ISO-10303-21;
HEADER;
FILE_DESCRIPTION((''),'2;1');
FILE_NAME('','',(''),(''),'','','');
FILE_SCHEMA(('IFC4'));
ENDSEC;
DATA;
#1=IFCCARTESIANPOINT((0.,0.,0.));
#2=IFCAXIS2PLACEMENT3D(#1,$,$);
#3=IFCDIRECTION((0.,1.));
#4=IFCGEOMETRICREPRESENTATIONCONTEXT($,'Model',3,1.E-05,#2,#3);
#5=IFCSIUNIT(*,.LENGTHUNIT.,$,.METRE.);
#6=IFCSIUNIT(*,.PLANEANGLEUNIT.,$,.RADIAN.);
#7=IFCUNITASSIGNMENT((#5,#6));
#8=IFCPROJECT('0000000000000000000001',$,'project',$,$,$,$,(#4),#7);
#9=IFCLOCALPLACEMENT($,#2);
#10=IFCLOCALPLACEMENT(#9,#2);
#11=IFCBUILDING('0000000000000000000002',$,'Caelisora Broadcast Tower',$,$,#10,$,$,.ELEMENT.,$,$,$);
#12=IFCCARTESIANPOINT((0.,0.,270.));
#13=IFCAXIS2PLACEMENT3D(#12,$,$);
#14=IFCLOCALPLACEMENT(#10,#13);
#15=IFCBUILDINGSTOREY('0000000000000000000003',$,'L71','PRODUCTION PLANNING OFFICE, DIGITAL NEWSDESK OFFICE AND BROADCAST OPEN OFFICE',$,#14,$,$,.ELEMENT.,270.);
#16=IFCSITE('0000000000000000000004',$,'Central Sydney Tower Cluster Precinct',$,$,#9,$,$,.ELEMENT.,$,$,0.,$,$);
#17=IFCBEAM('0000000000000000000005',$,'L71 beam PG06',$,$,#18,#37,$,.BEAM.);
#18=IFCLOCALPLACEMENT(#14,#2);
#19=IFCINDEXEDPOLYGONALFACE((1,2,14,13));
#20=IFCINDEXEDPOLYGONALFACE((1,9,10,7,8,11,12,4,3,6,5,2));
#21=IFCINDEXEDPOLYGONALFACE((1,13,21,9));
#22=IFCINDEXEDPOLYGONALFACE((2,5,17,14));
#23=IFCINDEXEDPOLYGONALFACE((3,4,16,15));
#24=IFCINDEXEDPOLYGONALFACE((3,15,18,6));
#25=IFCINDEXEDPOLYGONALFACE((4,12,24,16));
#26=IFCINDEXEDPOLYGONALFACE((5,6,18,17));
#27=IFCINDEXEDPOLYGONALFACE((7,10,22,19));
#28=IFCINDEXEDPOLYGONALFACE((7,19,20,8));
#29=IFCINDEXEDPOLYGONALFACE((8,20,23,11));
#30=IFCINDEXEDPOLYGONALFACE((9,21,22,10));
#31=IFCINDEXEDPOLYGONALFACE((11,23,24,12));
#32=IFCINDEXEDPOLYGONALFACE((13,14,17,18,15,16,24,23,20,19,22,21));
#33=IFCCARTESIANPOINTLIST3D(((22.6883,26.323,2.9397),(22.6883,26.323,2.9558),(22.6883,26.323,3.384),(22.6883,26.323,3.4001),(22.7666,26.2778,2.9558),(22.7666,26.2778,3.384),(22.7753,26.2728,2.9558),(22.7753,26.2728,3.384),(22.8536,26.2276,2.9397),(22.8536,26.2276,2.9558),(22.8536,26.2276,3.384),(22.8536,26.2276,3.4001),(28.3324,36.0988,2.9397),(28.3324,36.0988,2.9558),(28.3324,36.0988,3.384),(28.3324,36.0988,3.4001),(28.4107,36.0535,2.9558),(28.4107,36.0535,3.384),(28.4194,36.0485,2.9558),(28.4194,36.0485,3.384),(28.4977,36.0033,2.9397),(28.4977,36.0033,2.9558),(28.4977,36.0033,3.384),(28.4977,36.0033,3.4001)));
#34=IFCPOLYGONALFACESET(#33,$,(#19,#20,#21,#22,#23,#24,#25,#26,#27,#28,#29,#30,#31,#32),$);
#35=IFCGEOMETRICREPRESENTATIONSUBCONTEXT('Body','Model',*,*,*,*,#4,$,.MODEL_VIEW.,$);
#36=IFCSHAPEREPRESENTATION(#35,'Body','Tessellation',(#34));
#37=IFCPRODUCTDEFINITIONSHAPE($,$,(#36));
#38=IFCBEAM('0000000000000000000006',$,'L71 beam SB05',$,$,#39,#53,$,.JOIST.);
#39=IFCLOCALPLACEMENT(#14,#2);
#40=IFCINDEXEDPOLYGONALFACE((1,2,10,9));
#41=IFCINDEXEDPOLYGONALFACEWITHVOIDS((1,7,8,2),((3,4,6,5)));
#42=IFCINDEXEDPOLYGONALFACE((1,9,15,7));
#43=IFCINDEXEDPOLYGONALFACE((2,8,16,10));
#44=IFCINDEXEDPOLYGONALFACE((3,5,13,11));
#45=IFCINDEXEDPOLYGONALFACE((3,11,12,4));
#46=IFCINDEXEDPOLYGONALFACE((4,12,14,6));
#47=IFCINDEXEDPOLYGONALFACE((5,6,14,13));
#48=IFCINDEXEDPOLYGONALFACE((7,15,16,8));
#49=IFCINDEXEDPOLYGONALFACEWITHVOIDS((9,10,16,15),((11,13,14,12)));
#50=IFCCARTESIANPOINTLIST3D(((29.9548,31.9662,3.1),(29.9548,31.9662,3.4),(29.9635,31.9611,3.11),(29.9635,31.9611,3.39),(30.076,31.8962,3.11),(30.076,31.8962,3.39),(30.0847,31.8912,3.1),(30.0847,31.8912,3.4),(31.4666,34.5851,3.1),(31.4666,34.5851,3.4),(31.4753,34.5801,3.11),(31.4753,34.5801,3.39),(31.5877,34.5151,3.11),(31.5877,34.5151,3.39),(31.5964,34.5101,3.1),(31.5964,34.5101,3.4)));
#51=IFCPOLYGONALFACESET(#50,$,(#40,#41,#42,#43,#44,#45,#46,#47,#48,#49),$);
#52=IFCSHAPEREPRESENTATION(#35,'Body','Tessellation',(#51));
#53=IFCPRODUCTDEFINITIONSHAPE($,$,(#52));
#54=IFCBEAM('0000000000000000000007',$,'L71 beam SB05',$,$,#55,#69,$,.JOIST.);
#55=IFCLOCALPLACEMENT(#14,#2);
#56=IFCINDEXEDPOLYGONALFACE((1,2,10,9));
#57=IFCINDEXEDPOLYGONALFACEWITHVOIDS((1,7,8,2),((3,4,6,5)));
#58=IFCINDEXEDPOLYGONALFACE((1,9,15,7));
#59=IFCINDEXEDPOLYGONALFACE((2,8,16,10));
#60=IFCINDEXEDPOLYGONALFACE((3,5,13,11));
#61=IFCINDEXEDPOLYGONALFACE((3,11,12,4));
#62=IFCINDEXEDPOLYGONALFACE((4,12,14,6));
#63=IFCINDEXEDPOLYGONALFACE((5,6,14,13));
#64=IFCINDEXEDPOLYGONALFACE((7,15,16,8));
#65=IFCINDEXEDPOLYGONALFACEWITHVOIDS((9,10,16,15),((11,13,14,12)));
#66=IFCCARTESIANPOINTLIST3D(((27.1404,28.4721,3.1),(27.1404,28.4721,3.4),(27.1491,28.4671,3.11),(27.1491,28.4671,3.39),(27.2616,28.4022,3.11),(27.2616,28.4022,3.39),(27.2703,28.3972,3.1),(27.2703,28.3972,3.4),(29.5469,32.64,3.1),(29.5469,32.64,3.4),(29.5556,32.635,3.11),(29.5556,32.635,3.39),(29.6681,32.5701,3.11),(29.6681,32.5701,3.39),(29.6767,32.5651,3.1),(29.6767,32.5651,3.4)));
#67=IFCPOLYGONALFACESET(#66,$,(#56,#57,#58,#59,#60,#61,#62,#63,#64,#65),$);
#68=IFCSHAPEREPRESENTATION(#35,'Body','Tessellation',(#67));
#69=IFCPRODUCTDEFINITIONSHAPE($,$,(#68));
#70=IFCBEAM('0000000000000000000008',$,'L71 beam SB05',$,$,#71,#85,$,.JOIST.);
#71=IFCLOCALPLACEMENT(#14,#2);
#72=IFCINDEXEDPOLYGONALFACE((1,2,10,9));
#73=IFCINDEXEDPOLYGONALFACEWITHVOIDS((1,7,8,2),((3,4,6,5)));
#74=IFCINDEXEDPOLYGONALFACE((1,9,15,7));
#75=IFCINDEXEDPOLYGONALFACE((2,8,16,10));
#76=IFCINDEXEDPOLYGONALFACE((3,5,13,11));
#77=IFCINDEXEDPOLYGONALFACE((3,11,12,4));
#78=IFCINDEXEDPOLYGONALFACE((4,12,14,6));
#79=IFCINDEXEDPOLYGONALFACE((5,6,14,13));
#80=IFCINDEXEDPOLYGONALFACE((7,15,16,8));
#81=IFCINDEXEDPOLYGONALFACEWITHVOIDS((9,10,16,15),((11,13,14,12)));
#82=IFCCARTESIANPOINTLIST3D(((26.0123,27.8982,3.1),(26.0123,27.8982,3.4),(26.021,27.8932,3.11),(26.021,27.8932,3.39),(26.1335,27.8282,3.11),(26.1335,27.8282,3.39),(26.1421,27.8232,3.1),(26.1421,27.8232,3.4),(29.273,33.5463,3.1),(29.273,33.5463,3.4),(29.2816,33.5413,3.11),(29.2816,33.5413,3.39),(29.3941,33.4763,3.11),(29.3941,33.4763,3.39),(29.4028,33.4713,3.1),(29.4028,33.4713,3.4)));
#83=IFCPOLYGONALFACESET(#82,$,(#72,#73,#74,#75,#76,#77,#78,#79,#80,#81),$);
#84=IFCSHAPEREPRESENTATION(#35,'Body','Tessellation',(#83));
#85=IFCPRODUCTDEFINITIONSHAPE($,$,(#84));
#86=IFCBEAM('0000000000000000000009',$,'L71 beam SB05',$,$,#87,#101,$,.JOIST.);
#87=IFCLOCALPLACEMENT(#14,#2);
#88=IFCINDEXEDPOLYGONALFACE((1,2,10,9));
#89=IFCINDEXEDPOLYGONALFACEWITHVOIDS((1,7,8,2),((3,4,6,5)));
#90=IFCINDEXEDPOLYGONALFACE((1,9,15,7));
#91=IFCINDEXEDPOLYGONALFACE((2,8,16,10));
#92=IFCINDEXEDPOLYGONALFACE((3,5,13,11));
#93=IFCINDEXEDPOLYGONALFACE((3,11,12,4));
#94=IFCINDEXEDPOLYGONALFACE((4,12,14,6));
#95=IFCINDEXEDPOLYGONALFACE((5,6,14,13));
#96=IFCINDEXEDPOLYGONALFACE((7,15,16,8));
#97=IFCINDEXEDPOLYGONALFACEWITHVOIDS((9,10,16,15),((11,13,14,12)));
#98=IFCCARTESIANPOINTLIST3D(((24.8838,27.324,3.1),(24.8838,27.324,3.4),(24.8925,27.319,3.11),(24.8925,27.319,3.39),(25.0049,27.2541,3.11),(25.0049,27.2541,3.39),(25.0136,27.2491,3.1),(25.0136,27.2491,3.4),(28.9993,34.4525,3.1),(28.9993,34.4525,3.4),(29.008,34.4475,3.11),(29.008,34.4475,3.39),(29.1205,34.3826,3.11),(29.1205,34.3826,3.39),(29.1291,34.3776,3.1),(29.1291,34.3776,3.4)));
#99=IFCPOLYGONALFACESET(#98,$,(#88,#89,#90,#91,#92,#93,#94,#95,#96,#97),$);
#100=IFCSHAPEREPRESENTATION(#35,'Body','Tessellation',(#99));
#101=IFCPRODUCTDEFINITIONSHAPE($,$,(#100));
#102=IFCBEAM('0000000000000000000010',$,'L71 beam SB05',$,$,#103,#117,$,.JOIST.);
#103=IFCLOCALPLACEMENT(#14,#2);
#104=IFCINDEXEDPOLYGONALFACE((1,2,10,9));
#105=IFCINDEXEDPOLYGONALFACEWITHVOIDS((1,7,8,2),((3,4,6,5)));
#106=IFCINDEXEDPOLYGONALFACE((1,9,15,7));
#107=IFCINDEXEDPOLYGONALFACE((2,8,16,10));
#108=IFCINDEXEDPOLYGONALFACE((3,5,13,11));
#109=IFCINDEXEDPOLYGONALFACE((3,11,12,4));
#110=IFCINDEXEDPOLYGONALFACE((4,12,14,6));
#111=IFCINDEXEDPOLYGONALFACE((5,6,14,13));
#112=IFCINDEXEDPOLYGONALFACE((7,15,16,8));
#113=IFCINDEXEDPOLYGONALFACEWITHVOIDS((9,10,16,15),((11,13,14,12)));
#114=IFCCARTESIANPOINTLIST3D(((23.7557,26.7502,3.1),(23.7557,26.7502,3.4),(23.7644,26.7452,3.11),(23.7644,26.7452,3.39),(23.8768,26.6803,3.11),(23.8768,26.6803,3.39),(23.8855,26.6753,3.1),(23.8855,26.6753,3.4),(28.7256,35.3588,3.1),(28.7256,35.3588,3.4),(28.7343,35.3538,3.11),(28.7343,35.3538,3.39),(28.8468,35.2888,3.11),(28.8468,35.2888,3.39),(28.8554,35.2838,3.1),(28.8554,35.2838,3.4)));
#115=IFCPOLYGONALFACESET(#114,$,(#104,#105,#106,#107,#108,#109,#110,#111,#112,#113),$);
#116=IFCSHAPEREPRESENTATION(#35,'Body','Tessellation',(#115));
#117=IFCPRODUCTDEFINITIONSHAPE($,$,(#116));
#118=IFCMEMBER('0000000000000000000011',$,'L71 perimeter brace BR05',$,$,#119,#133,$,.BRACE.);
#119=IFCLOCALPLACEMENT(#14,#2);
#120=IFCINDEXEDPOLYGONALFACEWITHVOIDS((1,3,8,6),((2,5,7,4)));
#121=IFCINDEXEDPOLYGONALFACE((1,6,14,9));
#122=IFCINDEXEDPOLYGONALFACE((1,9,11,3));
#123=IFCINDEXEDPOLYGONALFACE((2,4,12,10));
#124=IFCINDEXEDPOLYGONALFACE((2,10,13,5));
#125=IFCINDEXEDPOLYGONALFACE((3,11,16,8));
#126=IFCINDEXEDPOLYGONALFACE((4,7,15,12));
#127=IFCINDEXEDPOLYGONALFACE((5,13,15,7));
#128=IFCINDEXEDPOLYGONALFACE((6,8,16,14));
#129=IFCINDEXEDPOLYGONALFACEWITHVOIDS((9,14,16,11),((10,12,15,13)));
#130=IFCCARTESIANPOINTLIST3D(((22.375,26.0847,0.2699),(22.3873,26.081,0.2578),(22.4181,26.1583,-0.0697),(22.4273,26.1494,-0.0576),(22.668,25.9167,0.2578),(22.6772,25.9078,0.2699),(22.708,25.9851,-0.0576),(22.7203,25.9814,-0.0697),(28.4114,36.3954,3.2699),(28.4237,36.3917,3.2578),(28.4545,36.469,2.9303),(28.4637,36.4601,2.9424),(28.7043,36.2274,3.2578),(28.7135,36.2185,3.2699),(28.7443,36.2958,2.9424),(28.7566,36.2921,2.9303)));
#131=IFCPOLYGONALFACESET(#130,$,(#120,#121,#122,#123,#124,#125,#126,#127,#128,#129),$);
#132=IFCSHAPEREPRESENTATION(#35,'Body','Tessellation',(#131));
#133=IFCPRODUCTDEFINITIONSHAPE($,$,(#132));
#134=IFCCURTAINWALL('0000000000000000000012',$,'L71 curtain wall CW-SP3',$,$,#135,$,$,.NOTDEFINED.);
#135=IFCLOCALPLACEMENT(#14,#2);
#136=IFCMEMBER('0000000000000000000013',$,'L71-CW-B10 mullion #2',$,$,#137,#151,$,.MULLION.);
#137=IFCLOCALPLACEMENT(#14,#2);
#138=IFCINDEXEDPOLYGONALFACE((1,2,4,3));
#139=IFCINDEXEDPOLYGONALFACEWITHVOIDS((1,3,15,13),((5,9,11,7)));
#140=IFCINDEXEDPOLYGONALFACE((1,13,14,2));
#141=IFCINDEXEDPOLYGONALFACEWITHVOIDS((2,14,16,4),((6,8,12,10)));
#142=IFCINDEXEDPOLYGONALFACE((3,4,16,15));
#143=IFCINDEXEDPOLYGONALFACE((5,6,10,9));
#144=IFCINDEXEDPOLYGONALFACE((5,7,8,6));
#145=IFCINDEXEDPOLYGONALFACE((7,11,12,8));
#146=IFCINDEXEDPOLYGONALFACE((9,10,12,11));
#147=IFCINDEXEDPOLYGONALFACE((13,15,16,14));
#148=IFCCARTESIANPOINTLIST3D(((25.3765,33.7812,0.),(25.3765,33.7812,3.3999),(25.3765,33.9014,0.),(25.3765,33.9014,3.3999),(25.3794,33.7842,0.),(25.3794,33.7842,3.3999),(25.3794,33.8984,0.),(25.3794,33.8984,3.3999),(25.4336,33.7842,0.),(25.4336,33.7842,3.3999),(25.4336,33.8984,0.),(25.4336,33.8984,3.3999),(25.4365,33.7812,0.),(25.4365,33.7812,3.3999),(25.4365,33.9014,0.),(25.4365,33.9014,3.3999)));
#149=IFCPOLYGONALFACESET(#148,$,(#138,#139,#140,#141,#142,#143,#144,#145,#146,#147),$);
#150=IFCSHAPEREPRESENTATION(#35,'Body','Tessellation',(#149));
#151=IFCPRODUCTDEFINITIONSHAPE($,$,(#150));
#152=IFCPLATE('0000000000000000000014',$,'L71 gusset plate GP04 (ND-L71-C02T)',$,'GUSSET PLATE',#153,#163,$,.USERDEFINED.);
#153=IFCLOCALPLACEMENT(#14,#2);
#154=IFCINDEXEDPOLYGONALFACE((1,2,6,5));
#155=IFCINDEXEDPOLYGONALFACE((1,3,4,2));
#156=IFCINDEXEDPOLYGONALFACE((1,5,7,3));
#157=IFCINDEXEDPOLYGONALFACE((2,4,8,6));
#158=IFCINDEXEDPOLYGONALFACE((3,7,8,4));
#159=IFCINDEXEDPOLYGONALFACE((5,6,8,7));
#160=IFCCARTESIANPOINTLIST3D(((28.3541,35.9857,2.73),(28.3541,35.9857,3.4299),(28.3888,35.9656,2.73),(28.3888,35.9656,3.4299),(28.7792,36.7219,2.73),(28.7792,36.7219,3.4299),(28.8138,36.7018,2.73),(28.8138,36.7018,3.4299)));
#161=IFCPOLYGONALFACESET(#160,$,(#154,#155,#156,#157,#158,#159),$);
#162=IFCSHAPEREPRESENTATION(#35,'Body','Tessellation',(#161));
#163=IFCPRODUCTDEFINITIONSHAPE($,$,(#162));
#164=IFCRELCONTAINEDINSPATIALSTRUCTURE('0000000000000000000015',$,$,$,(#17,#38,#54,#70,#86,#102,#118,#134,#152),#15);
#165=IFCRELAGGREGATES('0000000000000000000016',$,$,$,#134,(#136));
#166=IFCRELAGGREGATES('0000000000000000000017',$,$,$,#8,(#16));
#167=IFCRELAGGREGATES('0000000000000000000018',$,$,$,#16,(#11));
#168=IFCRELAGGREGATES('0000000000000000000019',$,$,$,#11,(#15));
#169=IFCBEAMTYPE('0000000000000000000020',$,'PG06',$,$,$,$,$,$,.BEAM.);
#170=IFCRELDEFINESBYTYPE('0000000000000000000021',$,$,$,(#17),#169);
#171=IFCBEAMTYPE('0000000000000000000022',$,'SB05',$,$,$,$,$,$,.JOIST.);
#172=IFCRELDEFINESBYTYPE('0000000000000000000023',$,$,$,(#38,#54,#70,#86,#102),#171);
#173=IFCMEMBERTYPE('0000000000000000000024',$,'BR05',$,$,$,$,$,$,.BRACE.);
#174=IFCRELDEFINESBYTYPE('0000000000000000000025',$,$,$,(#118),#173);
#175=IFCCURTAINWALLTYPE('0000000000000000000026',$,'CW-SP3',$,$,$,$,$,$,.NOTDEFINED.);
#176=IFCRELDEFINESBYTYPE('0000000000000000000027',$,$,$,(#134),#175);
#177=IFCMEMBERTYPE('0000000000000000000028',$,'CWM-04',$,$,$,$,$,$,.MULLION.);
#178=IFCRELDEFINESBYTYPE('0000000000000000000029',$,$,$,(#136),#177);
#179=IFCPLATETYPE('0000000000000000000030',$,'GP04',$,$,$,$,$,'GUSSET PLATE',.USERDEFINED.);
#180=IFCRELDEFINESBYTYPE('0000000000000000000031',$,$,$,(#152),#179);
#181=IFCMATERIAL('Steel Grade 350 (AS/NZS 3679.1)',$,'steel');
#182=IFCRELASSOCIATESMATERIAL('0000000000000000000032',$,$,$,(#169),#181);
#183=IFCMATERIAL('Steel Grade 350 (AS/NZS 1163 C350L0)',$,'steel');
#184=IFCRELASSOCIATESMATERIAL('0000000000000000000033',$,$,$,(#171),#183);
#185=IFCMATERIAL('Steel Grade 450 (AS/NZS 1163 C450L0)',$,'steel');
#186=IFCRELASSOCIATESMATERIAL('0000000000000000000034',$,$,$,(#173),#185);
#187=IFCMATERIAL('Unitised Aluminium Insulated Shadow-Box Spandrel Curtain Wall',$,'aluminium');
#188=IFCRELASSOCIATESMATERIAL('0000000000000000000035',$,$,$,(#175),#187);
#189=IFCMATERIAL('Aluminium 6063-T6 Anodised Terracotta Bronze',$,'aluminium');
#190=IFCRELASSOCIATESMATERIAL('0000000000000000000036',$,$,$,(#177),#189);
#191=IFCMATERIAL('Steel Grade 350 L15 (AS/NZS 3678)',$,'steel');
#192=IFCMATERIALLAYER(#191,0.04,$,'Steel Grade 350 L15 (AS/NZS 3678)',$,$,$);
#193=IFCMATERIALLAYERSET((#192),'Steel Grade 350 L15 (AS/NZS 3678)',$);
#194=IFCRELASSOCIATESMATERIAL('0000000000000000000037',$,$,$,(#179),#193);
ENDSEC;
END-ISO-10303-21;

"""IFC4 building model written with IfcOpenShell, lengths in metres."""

from ifc_helpers import new_model, si_unit, direction, frame, origin, origin_2d, place, context, subcontext, project, spatial, rectangle, hollow_rectangle, i_section, extrude, source, transform, mapped, material, layer, layer_set, material_profile, profile_set, type_object, type_shapes, element, aggregate, save


model = new_model("IFC4")

# Units and contexts
model_context = context("Model", 3, precision=1e-05, world=origin(), true_north=direction((0.0, 1.0)))
body_context = subcontext(model_context, "Body", "Model", "MODEL_VIEW")
ifc_project = project(units=[si_unit("LENGTHUNIT", "METRE"), si_unit("PLANEANGLEUNIT", "RADIAN")], contexts=[model_context])

# Site, building, storey
site_placement = place(None, origin())
site = spatial("IfcSite", under=ifc_project, at=site_placement, Name="Central Sydney Tower Cluster Precinct", CompositionType="ELEMENT", RefElevation=0.0)
building_placement = place(site_placement, origin())
building = spatial("IfcBuilding", under=site, at=building_placement, Name="Caelisora Broadcast Tower", CompositionType="ELEMENT")
storey_placement = place(building_placement, frame((0.0, 0.0, 270.0)))
storey = spatial("IfcBuildingStorey", under=building, at=storey_placement, Name="L71", Description="PRODUCTION PLANNING OFFICE, DIGITAL NEWSDESK OFFICE AND BROADCAST OPEN OFFICE", CompositionType="ELEMENT", Elevation=270.0)

# Beams
ifc_material_1 = material(Name="Steel Grade 350 (AS/NZS 3679.1)", Category="steel")
ifc_material_profile_1 = material_profile(ifc_material_1, i_section(OverallWidth=0.1909, OverallDepth=0.4604, WebThickness=0.01, FlangeThickness=0.0161, at=origin_2d()), Name="Steel Grade 350 (AS/NZS 3679.1)")
ifc_profile_set_1 = profile_set([ifc_material_profile_1], Name="Steel Grade 350 (AS/NZS 3679.1)")
beam_type_1 = type_object("IfcBeamType", Name="PG06", PredefinedType="BEAM", material=ifc_profile_set_1)
shared_shape_1 = source(origin(), body_context, "Body", "SweptSolid", [
    extrude(i_section(OverallWidth=0.1909, OverallDepth=0.4604, WebThickness=0.01, FlangeThickness=0.0161, at=origin_2d()), origin(), (0.0, 0.0, 1.0), 11.2881),
])
type_shapes(beam_type_1, [shared_shape_1])
beam_1_placement = place(storey_placement, frame((28.415, 36.051, 3.1699), z_axis=(-0.500005, -0.866022, 0.0), x_axis=(0.866022, -0.500005, 0.0)))
element("IfcBeam", 1, at=beam_1_placement, inside=storey, type_object=beam_type_1, Name="L71 beam PG06", PredefinedType="BEAM", context=body_context, shape_type="MappedRepresentation", body=[
    mapped(shared_shape_1, transform((0.0, 0.0, 0.0), scale=1.0)),
])
ifc_material_2 = material(Name="Steel Grade 350 (AS/NZS 1163 C350L0)", Category="steel")
ifc_material_profile_2 = material_profile(ifc_material_2, hollow_rectangle(XDim=0.1499, YDim=0.3, WallThickness=0.01, at=origin_2d()), Name="Steel Grade 350 (AS/NZS 1163 C350L0)")
ifc_profile_set_2 = profile_set([ifc_material_profile_2], Name="Steel Grade 350 (AS/NZS 1163 C350L0)")
beam_type_2 = type_object("IfcBeamType", Name="SB05", PredefinedType="JOIST", material=ifc_profile_set_2)
shared_shape_2 = source(origin(), body_context, "Body", "SweptSolid", [
    extrude(hollow_rectangle(XDim=0.1499, YDim=0.3, WallThickness=0.01, at=origin_2d()), origin(), (0.0, 0.0, 1.0), 3.0239),
])
beam_2_placement = place(storey_placement, frame((31.5315, 34.5476, 3.25), z_axis=(-0.499925, -0.866069, 0.0), x_axis=(0.866069, -0.499925, 0.0)))
element("IfcBeam", 2, at=beam_2_placement, inside=storey, type_object=beam_type_2, Name="L71 beam SB05", PredefinedType="JOIST", context=body_context, shape_type="MappedRepresentation", body=[
    mapped(shared_shape_2, transform((0.0, 0.0, 0.0), scale=1.0)),
])
shared_shape_3 = source(origin(), body_context, "Body", "SweptSolid", [
    extrude(hollow_rectangle(XDim=0.1499, YDim=0.3, WallThickness=0.01, at=origin_2d()), origin(), (0.0, 0.0, 1.0), 4.8127),
])
beam_3_placement = place(storey_placement, frame((29.6118, 32.6025, 3.25), z_axis=(-0.500018, -0.866015, 0.0), x_axis=(0.866015, -0.500018, 0.0)))
element("IfcBeam", 3, at=beam_3_placement, inside=storey, type_object=beam_type_2, Name="L71 beam SB05", PredefinedType="JOIST", context=body_context, shape_type="MappedRepresentation", body=[
    mapped(shared_shape_3, transform((0.0, 0.0, 0.0), scale=1.0)),
])
shared_shape_4 = source(origin(), body_context, "Body", "SweptSolid", [
    extrude(hollow_rectangle(XDim=0.1499, YDim=0.3, WallThickness=0.01, at=origin_2d()), origin(), (0.0, 0.0, 1.0), 6.5217),
])
beam_4_placement = place(storey_placement, frame((29.3379, 33.5088, 3.25), z_axis=(-0.499972, -0.866042, 0.0), x_axis=(0.866042, -0.499972, 0.0)))
element("IfcBeam", 4, at=beam_4_placement, inside=storey, type_object=beam_type_2, Name="L71 beam SB05", PredefinedType="JOIST", context=body_context, shape_type="MappedRepresentation", body=[
    mapped(shared_shape_4, transform((0.0, 0.0, 0.0), scale=1.0)),
])
shared_shape_5 = source(origin(), body_context, "Body", "SweptSolid", [
    extrude(hollow_rectangle(XDim=0.1499, YDim=0.3, WallThickness=0.01, at=origin_2d()), origin(), (0.0, 0.0, 1.0), 8.2312),
])
beam_5_placement = place(storey_placement, frame((29.0642, 34.415, 3.25), z_axis=(-0.499989, -0.866031, 0.0), x_axis=(0.866031, -0.499989, 0.0)))
element("IfcBeam", 5, at=beam_5_placement, inside=storey, type_object=beam_type_2, Name="L71 beam SB05", PredefinedType="JOIST", context=body_context, shape_type="MappedRepresentation", body=[
    mapped(shared_shape_5, transform((0.0, 0.0, 0.0), scale=1.0)),
])
shared_shape_6 = source(origin(), body_context, "Body", "SweptSolid", [
    extrude(hollow_rectangle(XDim=0.1499, YDim=0.3, WallThickness=0.01, at=origin_2d()), origin(), (0.0, 0.0, 1.0), 9.9402),
])
type_shapes(beam_type_2, [shared_shape_2, shared_shape_3, shared_shape_4, shared_shape_5, shared_shape_6])
beam_6_placement = place(storey_placement, frame((28.7905, 35.3213, 3.25), z_axis=(-0.499983, -0.866035, 0.0), x_axis=(0.866035, -0.499983, 0.0)))
element("IfcBeam", 6, at=beam_6_placement, inside=storey, type_object=beam_type_2, Name="L71 beam SB05", PredefinedType="JOIST", context=body_context, shape_type="MappedRepresentation", body=[
    mapped(shared_shape_6, transform((0.0, 0.0, 0.0), scale=1.0)),
])

# Member
ifc_material_3 = material(Name="Steel Grade 450 (AS/NZS 1163 C450L0)", Category="steel")
ifc_material_profile_3 = material_profile(ifc_material_3, hollow_rectangle(XDim=0.3501, YDim=0.3501, WallThickness=0.0125, at=origin_2d()), Name="Steel Grade 450 (AS/NZS 1163 C450L0)")
ifc_profile_set_3 = profile_set([ifc_material_profile_3], Name="Steel Grade 450 (AS/NZS 1163 C450L0)")
member_type_1 = type_object("IfcMemberType", Name="BR05", PredefinedType="BRACE", material=ifc_profile_set_3)
shared_shape_7 = source(origin(), body_context, "Body", "SweptSolid", [
    extrude(hollow_rectangle(XDim=0.3501, YDim=0.3501, WallThickness=0.0125, at=origin_2d()), origin(), (0.0, 0.0, 1.0), 12.3186),
])
type_shapes(member_type_1, [shared_shape_7])
member_1_placement = place(storey_placement, frame((28.584, 36.3438, 3.1001), z_axis=(-0.490018, -0.837003, -0.243532), x_axis=(0.862986, -0.505229, 0.0)))
element("IfcMember", 7, at=member_1_placement, inside=storey, type_object=member_type_1, Name="L71 perimeter brace BR05", PredefinedType="BRACE", context=body_context, shape_type="MappedRepresentation", body=[
    mapped(shared_shape_7, transform((0.0, 0.0, 0.0), scale=1.0)),
])

# Curtain wall, member
ifc_material_4 = material(Name="Unitised Aluminium Insulated Shadow-Box Spandrel Curtain Wall", Category="aluminium")
curtain_wall_type = type_object("IfcCurtainWallType", Name="CW-SP3", PredefinedType="NOTDEFINED", material=ifc_material_4)
curtain_wall_placement = place(storey_placement, origin())
curtain_wall = element("IfcCurtainWall", 8, at=curtain_wall_placement, inside=storey, type_object=curtain_wall_type, Name="L71 curtain wall CW-SP3", PredefinedType="NOTDEFINED")
ifc_material_5 = material(Name="Aluminium 6063-T6 Anodised Terracotta Bronze", Category="aluminium")
ifc_material_profile_4 = material_profile(ifc_material_5, hollow_rectangle(XDim=0.0601, YDim=0.1201, WallThickness=0.0029, at=origin_2d()), Name="Aluminium 6063-T6 Anodised Terracotta Bronze")
ifc_profile_set_4 = profile_set([ifc_material_profile_4], Name="Aluminium 6063-T6 Anodised Terracotta Bronze")
member_type_2 = type_object("IfcMemberType", Name="CWM-04", PredefinedType="MULLION", material=ifc_profile_set_4)
shared_shape_8 = source(origin(), body_context, "Body", "SweptSolid", [
    extrude(hollow_rectangle(XDim=0.0601, YDim=0.1201, WallThickness=0.0029, at=origin_2d()), origin(), (0.0, 0.0, 1.0), 3.3999),
])
type_shapes(member_type_2, [shared_shape_8])
member_2_placement = place(storey_placement, frame((25.4065, 33.8413, 0.0), z_axis=(0.0, 0.0, 1.0), x_axis=(1.0, 0.0, 0.0)))
member_2 = element("IfcMember", 9, at=member_2_placement, type_object=member_type_2, Name="L71-CW-B10 mullion #2", PredefinedType="MULLION", context=body_context, shape_type="MappedRepresentation", body=[
    mapped(shared_shape_8, transform((0.0, 0.0, 0.0), scale=1.0)),
])

# Plate
ifc_material_6 = material(Name="Steel Grade 350 L15 (AS/NZS 3678)", Category="steel")
ifc_layer_1 = layer(ifc_material_6, 0.04, Name="Steel Grade 350 L15 (AS/NZS 3678)")
ifc_layer_set_1 = layer_set([ifc_layer_1], Name="Steel Grade 350 L15 (AS/NZS 3678)")
plate_type_1 = type_object("IfcPlateType", Name="GP04", ElementType="GUSSET PLATE", PredefinedType="USERDEFINED", material=ifc_layer_set_1)
shared_shape_9 = source(origin(), body_context, "Body", "SweptSolid", [
    extrude(rectangle(XDim=0.8501, YDim=0.04, at=origin_2d()), origin(), (0.0, 0.0, 1.0), 0.7),
])
plate_1_placement = place(storey_placement, frame((28.584, 36.3438, 2.73), z_axis=(0.0, 0.0, 1.0), x_axis=(-0.5, -0.866025, 0.0)))
element("IfcPlate", 10, at=plate_1_placement, inside=storey, type_object=plate_type_1, Name="L71 gusset plate GP04 (ND-L71-C02T)", ObjectType="GUSSET PLATE", PredefinedType="USERDEFINED", context=body_context, shape_type="MappedRepresentation", body=[
    mapped(shared_shape_9, transform((0.0, 0.0, 0.0), scale=1.0)),
])

aggregate(curtain_wall, [member_2])

save(model, "model.ifc")
